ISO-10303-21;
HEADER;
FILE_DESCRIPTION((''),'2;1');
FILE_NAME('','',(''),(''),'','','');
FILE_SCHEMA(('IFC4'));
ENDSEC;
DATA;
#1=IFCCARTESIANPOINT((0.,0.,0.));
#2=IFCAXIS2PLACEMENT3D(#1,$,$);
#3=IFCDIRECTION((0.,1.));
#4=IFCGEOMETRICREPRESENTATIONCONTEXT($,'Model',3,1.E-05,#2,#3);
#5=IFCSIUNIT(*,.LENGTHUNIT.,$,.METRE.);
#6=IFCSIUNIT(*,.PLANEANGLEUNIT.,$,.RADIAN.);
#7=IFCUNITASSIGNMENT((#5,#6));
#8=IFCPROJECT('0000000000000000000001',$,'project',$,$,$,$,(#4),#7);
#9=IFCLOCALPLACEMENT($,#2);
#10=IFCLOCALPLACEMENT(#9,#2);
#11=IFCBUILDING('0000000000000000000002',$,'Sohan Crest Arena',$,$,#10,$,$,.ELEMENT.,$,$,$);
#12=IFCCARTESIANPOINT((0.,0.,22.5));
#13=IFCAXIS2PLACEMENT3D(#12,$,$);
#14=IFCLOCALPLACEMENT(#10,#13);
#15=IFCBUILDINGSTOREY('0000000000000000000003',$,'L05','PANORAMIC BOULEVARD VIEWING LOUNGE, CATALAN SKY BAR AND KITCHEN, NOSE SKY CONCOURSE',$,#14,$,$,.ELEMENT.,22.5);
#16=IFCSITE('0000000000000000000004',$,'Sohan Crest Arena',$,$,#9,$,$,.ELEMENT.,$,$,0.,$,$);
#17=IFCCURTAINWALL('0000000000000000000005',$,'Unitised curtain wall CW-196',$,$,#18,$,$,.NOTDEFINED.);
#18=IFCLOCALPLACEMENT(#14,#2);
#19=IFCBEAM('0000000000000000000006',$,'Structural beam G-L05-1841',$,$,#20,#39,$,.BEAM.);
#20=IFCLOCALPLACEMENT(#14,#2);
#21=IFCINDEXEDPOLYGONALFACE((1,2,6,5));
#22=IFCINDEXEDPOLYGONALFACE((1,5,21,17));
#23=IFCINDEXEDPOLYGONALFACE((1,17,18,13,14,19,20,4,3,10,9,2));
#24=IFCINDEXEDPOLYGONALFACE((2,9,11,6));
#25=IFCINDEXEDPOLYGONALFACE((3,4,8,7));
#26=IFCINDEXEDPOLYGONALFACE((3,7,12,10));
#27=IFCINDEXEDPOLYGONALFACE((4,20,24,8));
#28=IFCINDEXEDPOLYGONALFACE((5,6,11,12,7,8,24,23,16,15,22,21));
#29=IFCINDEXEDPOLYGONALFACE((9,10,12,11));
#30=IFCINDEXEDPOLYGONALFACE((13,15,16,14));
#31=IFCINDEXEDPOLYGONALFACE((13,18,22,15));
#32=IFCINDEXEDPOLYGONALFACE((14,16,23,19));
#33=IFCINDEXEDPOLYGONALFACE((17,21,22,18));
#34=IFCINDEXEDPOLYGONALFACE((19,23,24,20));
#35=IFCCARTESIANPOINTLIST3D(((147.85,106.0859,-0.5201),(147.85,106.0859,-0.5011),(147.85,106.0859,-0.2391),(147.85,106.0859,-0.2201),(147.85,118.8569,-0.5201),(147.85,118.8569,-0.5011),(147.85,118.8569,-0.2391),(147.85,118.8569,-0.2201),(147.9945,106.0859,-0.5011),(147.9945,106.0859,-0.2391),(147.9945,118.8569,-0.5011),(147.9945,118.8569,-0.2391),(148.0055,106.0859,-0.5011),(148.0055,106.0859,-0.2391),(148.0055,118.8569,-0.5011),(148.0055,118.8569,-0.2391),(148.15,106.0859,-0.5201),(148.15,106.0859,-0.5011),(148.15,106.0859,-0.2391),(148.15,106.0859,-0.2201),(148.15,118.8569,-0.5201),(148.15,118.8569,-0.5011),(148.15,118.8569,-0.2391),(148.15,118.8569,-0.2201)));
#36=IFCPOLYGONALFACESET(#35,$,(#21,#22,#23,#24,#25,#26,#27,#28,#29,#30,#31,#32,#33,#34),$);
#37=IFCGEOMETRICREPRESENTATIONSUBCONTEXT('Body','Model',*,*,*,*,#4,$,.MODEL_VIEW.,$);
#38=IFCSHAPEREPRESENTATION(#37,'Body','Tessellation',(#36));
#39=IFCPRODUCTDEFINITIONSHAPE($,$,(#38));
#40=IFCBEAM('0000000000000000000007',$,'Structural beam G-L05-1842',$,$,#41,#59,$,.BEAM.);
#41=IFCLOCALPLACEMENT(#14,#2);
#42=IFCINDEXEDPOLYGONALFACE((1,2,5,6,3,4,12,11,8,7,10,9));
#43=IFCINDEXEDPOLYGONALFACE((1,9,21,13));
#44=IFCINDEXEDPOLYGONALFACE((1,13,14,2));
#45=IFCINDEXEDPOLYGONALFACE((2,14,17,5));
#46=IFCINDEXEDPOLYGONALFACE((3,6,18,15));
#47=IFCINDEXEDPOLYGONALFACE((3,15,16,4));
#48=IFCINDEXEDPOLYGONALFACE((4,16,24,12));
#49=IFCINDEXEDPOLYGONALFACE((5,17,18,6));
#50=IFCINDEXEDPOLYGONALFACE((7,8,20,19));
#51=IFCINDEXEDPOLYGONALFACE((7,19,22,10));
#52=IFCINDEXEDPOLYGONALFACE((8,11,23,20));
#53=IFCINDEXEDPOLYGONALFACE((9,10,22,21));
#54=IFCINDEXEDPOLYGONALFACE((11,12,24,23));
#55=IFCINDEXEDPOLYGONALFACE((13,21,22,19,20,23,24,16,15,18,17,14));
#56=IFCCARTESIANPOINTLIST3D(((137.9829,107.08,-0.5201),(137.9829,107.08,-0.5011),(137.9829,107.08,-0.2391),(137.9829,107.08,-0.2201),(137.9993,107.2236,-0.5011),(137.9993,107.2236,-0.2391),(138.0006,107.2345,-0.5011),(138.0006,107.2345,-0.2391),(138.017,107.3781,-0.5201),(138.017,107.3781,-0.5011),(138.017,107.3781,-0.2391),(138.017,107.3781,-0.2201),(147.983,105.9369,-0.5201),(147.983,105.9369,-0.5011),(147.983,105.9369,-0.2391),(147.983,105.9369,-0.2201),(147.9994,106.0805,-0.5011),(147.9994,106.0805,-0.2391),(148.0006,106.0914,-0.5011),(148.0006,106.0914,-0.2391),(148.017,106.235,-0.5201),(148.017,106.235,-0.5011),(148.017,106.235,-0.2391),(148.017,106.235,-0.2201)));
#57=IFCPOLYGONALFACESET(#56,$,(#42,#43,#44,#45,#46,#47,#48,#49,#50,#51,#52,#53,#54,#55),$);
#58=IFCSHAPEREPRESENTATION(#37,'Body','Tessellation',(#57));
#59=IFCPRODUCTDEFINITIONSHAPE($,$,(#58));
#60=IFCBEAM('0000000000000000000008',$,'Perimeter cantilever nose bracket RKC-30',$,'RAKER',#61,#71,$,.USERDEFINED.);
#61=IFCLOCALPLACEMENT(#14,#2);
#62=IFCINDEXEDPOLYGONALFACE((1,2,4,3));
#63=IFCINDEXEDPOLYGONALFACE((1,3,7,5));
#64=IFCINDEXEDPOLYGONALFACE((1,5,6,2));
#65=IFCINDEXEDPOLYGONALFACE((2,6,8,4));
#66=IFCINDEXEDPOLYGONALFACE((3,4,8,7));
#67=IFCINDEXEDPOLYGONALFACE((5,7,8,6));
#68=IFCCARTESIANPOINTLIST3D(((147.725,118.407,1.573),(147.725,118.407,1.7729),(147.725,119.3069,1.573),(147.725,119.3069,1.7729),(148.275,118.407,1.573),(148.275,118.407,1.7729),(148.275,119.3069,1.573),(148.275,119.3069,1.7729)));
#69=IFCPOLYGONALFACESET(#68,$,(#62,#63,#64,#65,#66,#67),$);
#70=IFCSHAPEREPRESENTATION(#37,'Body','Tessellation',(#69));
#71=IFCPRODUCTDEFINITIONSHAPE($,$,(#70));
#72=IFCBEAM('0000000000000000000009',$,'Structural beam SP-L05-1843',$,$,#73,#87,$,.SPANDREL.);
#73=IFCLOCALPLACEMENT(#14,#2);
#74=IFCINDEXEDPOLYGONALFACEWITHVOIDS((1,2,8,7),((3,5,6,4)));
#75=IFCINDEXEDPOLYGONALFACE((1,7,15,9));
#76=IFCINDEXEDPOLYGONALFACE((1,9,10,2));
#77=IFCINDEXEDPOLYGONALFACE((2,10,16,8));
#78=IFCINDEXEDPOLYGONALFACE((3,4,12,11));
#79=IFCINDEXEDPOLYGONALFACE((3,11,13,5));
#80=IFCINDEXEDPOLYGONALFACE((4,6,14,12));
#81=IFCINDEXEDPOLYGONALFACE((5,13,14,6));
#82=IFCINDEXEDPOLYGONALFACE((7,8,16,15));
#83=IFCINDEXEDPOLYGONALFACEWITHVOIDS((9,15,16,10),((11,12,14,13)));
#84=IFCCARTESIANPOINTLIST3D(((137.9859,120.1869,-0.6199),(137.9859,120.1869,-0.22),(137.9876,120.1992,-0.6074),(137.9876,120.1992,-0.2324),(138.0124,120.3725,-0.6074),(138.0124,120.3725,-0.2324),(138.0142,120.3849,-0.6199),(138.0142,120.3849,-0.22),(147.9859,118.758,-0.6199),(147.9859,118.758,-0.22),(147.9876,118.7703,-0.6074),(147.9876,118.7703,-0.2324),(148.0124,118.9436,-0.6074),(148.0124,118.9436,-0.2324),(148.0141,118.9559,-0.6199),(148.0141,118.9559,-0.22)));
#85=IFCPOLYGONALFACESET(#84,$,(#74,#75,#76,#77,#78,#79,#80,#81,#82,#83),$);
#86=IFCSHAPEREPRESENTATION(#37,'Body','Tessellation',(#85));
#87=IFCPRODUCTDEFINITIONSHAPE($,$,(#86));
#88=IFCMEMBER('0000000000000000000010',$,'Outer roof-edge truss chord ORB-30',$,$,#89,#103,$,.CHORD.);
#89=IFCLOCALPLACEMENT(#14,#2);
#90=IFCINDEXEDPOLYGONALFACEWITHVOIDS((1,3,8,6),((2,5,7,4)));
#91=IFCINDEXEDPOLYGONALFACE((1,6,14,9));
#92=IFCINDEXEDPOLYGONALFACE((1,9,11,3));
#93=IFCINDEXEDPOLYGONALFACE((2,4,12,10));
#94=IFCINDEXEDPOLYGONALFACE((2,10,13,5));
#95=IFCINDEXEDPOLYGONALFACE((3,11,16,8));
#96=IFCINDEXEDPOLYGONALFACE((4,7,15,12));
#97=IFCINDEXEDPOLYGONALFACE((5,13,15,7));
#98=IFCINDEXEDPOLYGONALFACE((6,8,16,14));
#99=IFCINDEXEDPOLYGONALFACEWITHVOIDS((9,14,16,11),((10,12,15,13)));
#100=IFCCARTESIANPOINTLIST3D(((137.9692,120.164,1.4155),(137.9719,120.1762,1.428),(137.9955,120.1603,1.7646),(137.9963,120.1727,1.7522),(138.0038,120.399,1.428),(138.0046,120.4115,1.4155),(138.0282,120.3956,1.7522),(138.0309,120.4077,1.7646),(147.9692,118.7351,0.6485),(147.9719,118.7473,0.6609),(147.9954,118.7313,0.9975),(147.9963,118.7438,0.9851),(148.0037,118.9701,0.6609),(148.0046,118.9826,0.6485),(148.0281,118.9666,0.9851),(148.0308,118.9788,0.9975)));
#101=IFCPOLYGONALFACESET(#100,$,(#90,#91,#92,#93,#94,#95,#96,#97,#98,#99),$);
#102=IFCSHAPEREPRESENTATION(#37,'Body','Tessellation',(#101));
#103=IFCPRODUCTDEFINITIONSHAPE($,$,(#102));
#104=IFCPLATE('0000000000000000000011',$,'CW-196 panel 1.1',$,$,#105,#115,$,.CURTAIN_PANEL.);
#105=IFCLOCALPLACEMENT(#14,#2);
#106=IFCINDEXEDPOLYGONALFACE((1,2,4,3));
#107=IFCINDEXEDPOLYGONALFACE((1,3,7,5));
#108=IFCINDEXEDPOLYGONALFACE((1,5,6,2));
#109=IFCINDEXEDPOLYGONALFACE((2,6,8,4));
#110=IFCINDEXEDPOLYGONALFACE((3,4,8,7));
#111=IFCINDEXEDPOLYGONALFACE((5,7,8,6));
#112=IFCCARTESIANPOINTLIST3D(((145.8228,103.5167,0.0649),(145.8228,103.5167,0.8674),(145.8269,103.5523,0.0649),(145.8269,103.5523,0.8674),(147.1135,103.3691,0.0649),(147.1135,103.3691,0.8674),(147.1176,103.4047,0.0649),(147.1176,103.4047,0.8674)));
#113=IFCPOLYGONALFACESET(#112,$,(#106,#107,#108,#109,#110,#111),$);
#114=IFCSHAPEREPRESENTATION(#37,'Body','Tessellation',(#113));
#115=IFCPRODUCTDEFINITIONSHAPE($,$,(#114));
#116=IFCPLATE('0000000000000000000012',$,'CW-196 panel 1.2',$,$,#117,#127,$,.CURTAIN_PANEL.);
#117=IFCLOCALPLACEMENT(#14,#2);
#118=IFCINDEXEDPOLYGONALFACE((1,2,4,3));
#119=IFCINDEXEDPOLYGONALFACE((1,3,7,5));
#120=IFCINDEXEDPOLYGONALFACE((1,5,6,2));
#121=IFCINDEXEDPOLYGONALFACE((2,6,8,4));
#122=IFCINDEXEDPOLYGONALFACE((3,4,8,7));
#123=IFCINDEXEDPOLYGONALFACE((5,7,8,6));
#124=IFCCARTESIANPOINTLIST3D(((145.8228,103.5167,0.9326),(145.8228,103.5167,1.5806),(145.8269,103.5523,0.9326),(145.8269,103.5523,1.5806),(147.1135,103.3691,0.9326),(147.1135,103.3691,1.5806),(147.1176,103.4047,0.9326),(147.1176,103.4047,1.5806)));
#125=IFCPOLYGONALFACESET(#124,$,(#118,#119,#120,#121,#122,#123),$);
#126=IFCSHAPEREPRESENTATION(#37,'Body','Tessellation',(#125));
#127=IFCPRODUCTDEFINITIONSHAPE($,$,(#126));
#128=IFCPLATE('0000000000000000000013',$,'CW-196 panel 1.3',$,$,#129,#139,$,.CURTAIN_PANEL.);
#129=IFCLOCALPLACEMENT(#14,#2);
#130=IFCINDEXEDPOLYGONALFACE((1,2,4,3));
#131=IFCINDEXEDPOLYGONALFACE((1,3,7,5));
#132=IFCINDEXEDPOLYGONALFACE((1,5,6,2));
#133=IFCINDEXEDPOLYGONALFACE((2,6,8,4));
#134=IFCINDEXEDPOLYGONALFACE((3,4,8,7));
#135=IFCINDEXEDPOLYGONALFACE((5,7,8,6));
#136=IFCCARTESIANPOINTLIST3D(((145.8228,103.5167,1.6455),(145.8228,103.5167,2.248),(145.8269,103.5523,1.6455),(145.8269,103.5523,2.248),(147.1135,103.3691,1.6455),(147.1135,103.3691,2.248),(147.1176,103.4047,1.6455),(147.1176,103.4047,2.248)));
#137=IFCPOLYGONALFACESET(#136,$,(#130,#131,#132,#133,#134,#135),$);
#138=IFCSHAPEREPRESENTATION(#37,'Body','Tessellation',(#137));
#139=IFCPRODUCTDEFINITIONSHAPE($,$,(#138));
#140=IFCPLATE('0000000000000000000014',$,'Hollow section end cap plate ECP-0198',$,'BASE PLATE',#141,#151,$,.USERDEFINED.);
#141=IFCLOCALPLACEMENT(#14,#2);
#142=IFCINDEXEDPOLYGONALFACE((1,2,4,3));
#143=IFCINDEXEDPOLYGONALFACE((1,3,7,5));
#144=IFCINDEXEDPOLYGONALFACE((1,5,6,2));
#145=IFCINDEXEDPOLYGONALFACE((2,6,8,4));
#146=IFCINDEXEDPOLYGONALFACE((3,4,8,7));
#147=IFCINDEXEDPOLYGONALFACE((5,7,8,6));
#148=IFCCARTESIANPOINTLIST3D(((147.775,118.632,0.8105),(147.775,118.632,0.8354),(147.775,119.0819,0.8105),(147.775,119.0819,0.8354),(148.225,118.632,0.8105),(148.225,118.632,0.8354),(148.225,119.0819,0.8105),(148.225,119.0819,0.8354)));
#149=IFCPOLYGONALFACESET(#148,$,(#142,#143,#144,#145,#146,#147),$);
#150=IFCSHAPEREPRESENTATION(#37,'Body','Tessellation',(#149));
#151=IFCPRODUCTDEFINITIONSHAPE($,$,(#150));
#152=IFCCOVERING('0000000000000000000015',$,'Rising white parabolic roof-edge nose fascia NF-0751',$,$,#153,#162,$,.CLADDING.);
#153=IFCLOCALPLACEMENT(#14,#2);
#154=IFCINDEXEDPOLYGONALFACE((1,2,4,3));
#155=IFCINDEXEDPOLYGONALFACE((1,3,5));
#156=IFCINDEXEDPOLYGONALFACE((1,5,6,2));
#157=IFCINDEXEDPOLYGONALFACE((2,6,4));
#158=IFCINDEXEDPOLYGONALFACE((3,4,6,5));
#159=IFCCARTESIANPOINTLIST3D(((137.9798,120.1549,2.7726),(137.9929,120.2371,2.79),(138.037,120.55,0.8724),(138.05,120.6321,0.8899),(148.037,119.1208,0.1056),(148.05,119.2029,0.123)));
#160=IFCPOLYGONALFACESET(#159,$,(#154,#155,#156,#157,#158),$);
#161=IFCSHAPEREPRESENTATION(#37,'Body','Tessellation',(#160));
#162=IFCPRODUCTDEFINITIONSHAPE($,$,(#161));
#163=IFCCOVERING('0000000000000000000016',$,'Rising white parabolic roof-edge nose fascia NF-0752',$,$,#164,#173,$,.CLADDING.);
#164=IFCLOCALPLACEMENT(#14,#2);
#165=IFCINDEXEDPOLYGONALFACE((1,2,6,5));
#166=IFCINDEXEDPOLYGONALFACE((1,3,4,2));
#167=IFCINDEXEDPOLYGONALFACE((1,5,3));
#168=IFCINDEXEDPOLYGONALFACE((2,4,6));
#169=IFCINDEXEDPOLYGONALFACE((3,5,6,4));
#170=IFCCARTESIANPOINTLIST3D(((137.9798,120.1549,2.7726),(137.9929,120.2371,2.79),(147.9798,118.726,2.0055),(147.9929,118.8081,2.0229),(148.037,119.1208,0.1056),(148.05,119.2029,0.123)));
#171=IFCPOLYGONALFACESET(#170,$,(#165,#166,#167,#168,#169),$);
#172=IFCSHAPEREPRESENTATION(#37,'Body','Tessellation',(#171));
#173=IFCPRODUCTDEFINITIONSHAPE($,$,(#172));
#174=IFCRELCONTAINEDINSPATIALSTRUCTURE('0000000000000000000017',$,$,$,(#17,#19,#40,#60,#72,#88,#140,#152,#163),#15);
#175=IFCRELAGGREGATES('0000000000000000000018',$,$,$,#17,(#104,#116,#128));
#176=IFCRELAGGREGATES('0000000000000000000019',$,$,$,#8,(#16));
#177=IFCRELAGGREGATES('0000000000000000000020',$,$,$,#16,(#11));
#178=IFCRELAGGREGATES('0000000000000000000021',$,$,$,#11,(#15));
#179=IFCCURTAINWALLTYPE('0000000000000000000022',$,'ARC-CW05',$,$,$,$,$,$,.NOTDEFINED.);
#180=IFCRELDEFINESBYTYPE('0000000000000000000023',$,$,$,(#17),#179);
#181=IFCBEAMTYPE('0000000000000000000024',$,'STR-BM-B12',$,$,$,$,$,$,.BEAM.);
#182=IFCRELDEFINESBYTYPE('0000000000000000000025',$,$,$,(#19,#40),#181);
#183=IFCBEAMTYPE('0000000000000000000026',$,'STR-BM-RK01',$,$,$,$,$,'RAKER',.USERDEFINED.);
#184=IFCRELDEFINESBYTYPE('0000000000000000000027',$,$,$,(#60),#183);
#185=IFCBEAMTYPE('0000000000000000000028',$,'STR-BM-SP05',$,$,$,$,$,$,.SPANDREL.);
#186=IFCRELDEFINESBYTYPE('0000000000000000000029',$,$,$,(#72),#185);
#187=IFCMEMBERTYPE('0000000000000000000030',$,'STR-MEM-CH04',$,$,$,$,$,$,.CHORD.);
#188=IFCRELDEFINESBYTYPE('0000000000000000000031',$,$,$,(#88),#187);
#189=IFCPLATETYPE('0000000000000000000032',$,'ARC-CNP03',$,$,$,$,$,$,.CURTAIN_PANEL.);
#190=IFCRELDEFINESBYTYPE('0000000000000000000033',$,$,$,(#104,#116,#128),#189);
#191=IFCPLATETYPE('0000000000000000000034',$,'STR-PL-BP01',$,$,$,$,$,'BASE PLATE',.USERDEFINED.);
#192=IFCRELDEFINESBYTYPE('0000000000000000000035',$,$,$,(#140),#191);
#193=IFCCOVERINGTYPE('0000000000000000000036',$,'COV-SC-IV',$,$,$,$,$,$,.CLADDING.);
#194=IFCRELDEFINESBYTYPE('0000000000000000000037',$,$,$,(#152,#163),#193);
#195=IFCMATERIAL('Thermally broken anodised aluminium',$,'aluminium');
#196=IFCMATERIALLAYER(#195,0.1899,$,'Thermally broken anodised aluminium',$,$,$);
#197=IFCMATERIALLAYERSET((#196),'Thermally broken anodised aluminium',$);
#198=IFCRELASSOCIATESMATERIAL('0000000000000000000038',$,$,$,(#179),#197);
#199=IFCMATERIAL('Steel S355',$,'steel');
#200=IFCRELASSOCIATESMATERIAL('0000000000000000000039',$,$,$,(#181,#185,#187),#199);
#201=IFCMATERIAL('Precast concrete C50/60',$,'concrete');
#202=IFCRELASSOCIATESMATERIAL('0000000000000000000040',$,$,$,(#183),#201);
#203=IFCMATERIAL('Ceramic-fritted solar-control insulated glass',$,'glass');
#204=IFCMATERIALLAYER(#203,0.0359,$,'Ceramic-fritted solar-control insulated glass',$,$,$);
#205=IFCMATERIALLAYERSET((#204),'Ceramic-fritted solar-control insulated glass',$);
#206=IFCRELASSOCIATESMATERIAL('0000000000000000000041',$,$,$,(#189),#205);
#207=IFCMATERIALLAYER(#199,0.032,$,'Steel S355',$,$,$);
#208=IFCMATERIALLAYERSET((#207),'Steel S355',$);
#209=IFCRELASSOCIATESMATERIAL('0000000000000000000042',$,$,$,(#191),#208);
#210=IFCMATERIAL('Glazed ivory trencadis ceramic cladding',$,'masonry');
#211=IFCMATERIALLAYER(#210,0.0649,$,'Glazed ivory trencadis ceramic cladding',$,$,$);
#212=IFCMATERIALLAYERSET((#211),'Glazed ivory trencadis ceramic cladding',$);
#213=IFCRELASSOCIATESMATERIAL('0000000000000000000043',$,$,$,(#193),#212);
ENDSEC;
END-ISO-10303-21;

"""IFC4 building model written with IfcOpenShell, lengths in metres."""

from ifc_helpers import new_model, si_unit, direction, frame, origin, origin_2d, place, context, subcontext, project, spatial, polyline, rectangle, hollow_rectangle, i_section, outline, extrude, material, layer, layer_set, material_profile, profile_set, type_object, element, aggregate, save


model = new_model("IFC4")

# Units and contexts
model_context = context("Model", 3, precision=1e-05, world=origin(), true_north=direction((0.0, 1.0)))
body_context = subcontext(model_context, "Body", "Model", "MODEL_VIEW")
ifc_project = project(units=[si_unit("LENGTHUNIT", "METRE"), si_unit("PLANEANGLEUNIT", "RADIAN")], contexts=[model_context])

# Site, building, storey
site_placement = place(None, origin())
site = spatial("IfcSite", under=ifc_project, at=site_placement, Name="Sohan Crest Arena", CompositionType="ELEMENT", RefElevation=0.0)
building_placement = place(site_placement, origin())
building = spatial("IfcBuilding", under=site, at=building_placement, Name="Sohan Crest Arena", CompositionType="ELEMENT")
storey_placement = place(building_placement, frame((0.0, 0.0, 22.5)))
storey = spatial("IfcBuildingStorey", under=building, at=storey_placement, Name="L05", Description="PANORAMIC BOULEVARD VIEWING LOUNGE, CATALAN SKY BAR AND KITCHEN, NOSE SKY CONCOURSE", CompositionType="ELEMENT", Elevation=22.5)

# Shared definitions
ifc_material_1 = material(Name="Steel S355", Category="steel")

# Curtain wall
ifc_material_2 = material(Name="Thermally broken anodised aluminium", Category="aluminium")
ifc_layer_1 = layer(ifc_material_2, 0.1899, Name="Thermally broken anodised aluminium")
ifc_layer_set_1 = layer_set([ifc_layer_1], Name="Thermally broken anodised aluminium")
curtain_wall_type = type_object("IfcCurtainWallType", Name="ARC-CW05", PredefinedType="NOTDEFINED", material=ifc_layer_set_1)
curtain_wall_placement = place(storey_placement, origin())
curtain_wall = element("IfcCurtainWall", 1, at=curtain_wall_placement, inside=storey, type_object=curtain_wall_type, Name="Unitised curtain wall CW-196", PredefinedType="NOTDEFINED")

# Beams
ifc_material_profile_1 = material_profile(ifc_material_1, i_section(OverallWidth=0.3, OverallDepth=0.3, WebThickness=0.011, FlangeThickness=0.019, at=origin_2d()), Name="HEB 300")
ifc_profile_set_1 = profile_set([ifc_material_profile_1], Name="Steel S355")
beam_type_1 = type_object("IfcBeamType", Name="STR-BM-B12", PredefinedType="BEAM", material=ifc_profile_set_1)
beam_1_placement = place(storey_placement, frame((148.0, 106.0859, -0.3701), z_axis=(0.0, 1.0, 0.0), x_axis=(-1.0, 0.0, 0.0)))
element("IfcBeam", 2, at=beam_1_placement, inside=storey, type_object=beam_type_1, Name="Structural beam G-L05-1841", PredefinedType="BEAM", context=body_context, shape_type="SweptSolid", body=[
    extrude(i_section(OverallWidth=0.3, OverallDepth=0.3, WebThickness=0.011, FlangeThickness=0.019, at=origin_2d()), origin(), (0.0, 0.0, 1.0), 12.771),
])
beam_2_placement = place(storey_placement, frame((148.0, 106.0859, -0.3701), z_axis=(-0.99353, 0.113567, 0.0), x_axis=(-0.113567, -0.99353, 0.0)))
element("IfcBeam", 3, at=beam_2_placement, inside=storey, type_object=beam_type_1, Name="Structural beam G-L05-1842", PredefinedType="BEAM", context=body_context, shape_type="SweptSolid", body=[
    extrude(i_section(OverallWidth=0.3, OverallDepth=0.3, WebThickness=0.011, FlangeThickness=0.019, at=origin_2d()), origin(), (0.0, 0.0, 1.0), 10.0652),
])
ifc_material_3 = material(Name="Precast concrete C50/60", Category="concrete")
ifc_material_profile_2 = material_profile(ifc_material_3, rectangle(XDim=0.55, YDim=0.8999, at=origin_2d()), Name="RAKER 550x900")
ifc_profile_set_2 = profile_set([ifc_material_profile_2], Name="Precast concrete C50/60")
beam_type_2 = type_object("IfcBeamType", Name="STR-BM-RK01", ElementType="RAKER", PredefinedType="USERDEFINED", material=ifc_profile_set_2)
beam_3_placement = place(storey_placement, frame((148.0, 118.8569, 1.7729), z_axis=(0.0, 0.0, -1.0), x_axis=(1.0, 0.0, 0.0)))
element("IfcBeam", 4, at=beam_3_placement, inside=storey, type_object=beam_type_2, Name="Perimeter cantilever nose bracket RKC-30", ObjectType="RAKER", PredefinedType="USERDEFINED", context=body_context, shape_type="SweptSolid", body=[
    extrude(rectangle(XDim=0.55, YDim=0.8999, at=origin_2d()), origin(), (0.0, 0.0, 1.0), 0.2),
])
ifc_material_profile_3 = material_profile(ifc_material_1, hollow_rectangle(XDim=0.2, YDim=0.3999, WallThickness=0.0125, at=origin_2d()), Name="RHS 400x200x12.5")
ifc_profile_set_3 = profile_set([ifc_material_profile_3], Name="Steel S355")
beam_type_3 = type_object("IfcBeamType", Name="STR-BM-SP05", PredefinedType="SPANDREL", material=ifc_profile_set_3)
beam_4_placement = place(storey_placement, frame((148.0, 118.8569, -0.4199), z_axis=(-0.989944, 0.141459, 0.0), x_axis=(-0.141459, -0.989944, 0.0)))
element("IfcBeam", 5, at=beam_4_placement, inside=storey, type_object=beam_type_3, Name="Structural beam SP-L05-1843", PredefinedType="SPANDREL", context=body_context, shape_type="SweptSolid", body=[
    extrude(hollow_rectangle(XDim=0.2, YDim=0.3999, WallThickness=0.0125, at=origin_2d()), origin(), (0.0, 0.0, 1.0), 10.1016),
])

# Member
ifc_material_profile_4 = material_profile(ifc_material_1, hollow_rectangle(XDim=0.25, YDim=0.3501, WallThickness=0.0125, at=origin_2d()), Name="RHS 350x250x12.5")
ifc_profile_set_4 = profile_set([ifc_material_profile_4], Name="Steel S355")
member_type_1 = type_object("IfcMemberType", Name="STR-MEM-CH04", PredefinedType="CHORD", material=ifc_profile_set_4)
member_1_placement = place(storey_placement, frame((148.0, 118.8569, 0.823), z_axis=(-0.987102, 0.141052, 0.07572), x_axis=(-0.141459, -0.989944, 0.0)))
element("IfcMember", 6, at=member_1_placement, inside=storey, type_object=member_type_1, Name="Outer roof-edge truss chord ORB-30", PredefinedType="CHORD", context=body_context, shape_type="SweptSolid", body=[
    extrude(hollow_rectangle(XDim=0.25, YDim=0.3501, WallThickness=0.0125, at=origin_2d()), origin(), (0.0, 0.0, 1.0), 10.1306),
])

# Plates
ifc_material_4 = material(Name="Ceramic-fritted solar-control insulated glass", Category="glass")
ifc_layer_2 = layer(ifc_material_4, 0.0359, Name="Ceramic-fritted solar-control insulated glass")
ifc_layer_set_2 = layer_set([ifc_layer_2], Name="Ceramic-fritted solar-control insulated glass")
plate_type_1 = type_object("IfcPlateType", Name="ARC-CNP03", PredefinedType="CURTAIN_PANEL", material=ifc_layer_set_2)
plate_1_placement = place(storey_placement, frame((146.4702, 103.4607, 0.0649), z_axis=(0.0, 0.0, 1.0), x_axis=(-0.993527, 0.113597, 0.0)))
plate_1 = element("IfcPlate", 7, at=plate_1_placement, type_object=plate_type_1, Name="CW-196 panel 1.1", PredefinedType="CURTAIN_PANEL", context=body_context, shape_type="SweptSolid", body=[
    extrude(rectangle(XDim=1.2991, YDim=0.0359, at=origin_2d()), origin(), (0.0, 0.0, 1.0), 0.8025),
])
plate_2_placement = place(storey_placement, frame((146.4702, 103.4607, 0.9326), z_axis=(0.0, 0.0, 1.0), x_axis=(-0.993527, 0.113597, 0.0)))
plate_2 = element("IfcPlate", 8, at=plate_2_placement, type_object=plate_type_1, Name="CW-196 panel 1.2", PredefinedType="CURTAIN_PANEL", context=body_context, shape_type="SweptSolid", body=[
    extrude(rectangle(XDim=1.2991, YDim=0.0359, at=origin_2d()), origin(), (0.0, 0.0, 1.0), 0.6479),
])
plate_3_placement = place(storey_placement, frame((146.4702, 103.4607, 1.6455), z_axis=(0.0, 0.0, 1.0), x_axis=(-0.993527, 0.113597, 0.0)))
plate_3 = element("IfcPlate", 9, at=plate_3_placement, type_object=plate_type_1, Name="CW-196 panel 1.3", PredefinedType="CURTAIN_PANEL", context=body_context, shape_type="SweptSolid", body=[
    extrude(rectangle(XDim=1.2991, YDim=0.0359, at=origin_2d()), origin(), (0.0, 0.0, 1.0), 0.6025),
])
aggregate(curtain_wall, [plate_1, plate_2, plate_3])
ifc_layer_3 = layer(ifc_material_1, 0.032, Name="Steel S355")
ifc_layer_set_3 = layer_set([ifc_layer_3], Name="Steel S355")
plate_type_2 = type_object("IfcPlateType", Name="STR-PL-BP01", ElementType="BASE PLATE", PredefinedType="USERDEFINED", material=ifc_layer_set_3)
plate_4_placement = place(storey_placement, frame((148.0, 118.8569, 0.8105), z_axis=(0.0, 0.0, 1.0), x_axis=(1.0, 0.0, 0.0)))
element("IfcPlate", 10, at=plate_4_placement, inside=storey, type_object=plate_type_2, Name="Hollow section end cap plate ECP-0198", ObjectType="BASE PLATE", PredefinedType="USERDEFINED", context=body_context, shape_type="SweptSolid", body=[
    extrude(rectangle(XDim=0.45, YDim=0.45, at=origin_2d()), origin(), (0.0, 0.0, 1.0), 0.0249),
])

# Coverings
ifc_material_5 = material(Name="Glazed ivory trencadis ceramic cladding", Category="masonry")
ifc_layer_4 = layer(ifc_material_5, 0.0649, Name="Glazed ivory trencadis ceramic cladding")
ifc_layer_set_4 = layer_set([ifc_layer_4], Name="Glazed ivory trencadis ceramic cladding")
covering_type = type_object("IfcCoveringType", Name="COV-SC-IV", PredefinedType="CLADDING", material=ifc_layer_set_4)
covering_1_placement = place(storey_placement, frame((148.05, 119.2029, 0.123), z_axis=(0.15389, 0.966472, 0.205546), x_axis=(-0.987101, 0.141076, 0.075695)))
element("IfcCovering", 11, at=covering_1_placement, inside=storey, type_object=covering_type, Name="Rising white parabolic roof-edge nose fascia NF-0751", PredefinedType="CLADDING", context=body_context, shape_type="SweptSolid", body=[
    extrude(outline(polyline([(0.0, 0.0), (10.1307, 0.0), (10.2752, 1.9362), (0.0, 0.0)])), origin(), (0.0, 0.0, -1.0), 0.085),
])
covering_2_placement = place(storey_placement, frame((148.05, 119.2029, 0.123), z_axis=(0.153868, 0.966496, 0.205452), x_axis=(-0.961851, 0.098908, 0.255068)))
element("IfcCovering", 12, at=covering_2_placement, inside=storey, type_object=covering_type, Name="Rising white parabolic roof-edge nose fascia NF-0752", PredefinedType="CLADDING", context=body_context, shape_type="SweptSolid", body=[
    extrude(outline(polyline([(0.0, 0.0), (10.456, 0.0), (0.5005, 1.8757), (0.0, 0.0)])), origin(), (0.0, 0.0, -1.0), 0.085),
])

save(model, "model.ifc")
